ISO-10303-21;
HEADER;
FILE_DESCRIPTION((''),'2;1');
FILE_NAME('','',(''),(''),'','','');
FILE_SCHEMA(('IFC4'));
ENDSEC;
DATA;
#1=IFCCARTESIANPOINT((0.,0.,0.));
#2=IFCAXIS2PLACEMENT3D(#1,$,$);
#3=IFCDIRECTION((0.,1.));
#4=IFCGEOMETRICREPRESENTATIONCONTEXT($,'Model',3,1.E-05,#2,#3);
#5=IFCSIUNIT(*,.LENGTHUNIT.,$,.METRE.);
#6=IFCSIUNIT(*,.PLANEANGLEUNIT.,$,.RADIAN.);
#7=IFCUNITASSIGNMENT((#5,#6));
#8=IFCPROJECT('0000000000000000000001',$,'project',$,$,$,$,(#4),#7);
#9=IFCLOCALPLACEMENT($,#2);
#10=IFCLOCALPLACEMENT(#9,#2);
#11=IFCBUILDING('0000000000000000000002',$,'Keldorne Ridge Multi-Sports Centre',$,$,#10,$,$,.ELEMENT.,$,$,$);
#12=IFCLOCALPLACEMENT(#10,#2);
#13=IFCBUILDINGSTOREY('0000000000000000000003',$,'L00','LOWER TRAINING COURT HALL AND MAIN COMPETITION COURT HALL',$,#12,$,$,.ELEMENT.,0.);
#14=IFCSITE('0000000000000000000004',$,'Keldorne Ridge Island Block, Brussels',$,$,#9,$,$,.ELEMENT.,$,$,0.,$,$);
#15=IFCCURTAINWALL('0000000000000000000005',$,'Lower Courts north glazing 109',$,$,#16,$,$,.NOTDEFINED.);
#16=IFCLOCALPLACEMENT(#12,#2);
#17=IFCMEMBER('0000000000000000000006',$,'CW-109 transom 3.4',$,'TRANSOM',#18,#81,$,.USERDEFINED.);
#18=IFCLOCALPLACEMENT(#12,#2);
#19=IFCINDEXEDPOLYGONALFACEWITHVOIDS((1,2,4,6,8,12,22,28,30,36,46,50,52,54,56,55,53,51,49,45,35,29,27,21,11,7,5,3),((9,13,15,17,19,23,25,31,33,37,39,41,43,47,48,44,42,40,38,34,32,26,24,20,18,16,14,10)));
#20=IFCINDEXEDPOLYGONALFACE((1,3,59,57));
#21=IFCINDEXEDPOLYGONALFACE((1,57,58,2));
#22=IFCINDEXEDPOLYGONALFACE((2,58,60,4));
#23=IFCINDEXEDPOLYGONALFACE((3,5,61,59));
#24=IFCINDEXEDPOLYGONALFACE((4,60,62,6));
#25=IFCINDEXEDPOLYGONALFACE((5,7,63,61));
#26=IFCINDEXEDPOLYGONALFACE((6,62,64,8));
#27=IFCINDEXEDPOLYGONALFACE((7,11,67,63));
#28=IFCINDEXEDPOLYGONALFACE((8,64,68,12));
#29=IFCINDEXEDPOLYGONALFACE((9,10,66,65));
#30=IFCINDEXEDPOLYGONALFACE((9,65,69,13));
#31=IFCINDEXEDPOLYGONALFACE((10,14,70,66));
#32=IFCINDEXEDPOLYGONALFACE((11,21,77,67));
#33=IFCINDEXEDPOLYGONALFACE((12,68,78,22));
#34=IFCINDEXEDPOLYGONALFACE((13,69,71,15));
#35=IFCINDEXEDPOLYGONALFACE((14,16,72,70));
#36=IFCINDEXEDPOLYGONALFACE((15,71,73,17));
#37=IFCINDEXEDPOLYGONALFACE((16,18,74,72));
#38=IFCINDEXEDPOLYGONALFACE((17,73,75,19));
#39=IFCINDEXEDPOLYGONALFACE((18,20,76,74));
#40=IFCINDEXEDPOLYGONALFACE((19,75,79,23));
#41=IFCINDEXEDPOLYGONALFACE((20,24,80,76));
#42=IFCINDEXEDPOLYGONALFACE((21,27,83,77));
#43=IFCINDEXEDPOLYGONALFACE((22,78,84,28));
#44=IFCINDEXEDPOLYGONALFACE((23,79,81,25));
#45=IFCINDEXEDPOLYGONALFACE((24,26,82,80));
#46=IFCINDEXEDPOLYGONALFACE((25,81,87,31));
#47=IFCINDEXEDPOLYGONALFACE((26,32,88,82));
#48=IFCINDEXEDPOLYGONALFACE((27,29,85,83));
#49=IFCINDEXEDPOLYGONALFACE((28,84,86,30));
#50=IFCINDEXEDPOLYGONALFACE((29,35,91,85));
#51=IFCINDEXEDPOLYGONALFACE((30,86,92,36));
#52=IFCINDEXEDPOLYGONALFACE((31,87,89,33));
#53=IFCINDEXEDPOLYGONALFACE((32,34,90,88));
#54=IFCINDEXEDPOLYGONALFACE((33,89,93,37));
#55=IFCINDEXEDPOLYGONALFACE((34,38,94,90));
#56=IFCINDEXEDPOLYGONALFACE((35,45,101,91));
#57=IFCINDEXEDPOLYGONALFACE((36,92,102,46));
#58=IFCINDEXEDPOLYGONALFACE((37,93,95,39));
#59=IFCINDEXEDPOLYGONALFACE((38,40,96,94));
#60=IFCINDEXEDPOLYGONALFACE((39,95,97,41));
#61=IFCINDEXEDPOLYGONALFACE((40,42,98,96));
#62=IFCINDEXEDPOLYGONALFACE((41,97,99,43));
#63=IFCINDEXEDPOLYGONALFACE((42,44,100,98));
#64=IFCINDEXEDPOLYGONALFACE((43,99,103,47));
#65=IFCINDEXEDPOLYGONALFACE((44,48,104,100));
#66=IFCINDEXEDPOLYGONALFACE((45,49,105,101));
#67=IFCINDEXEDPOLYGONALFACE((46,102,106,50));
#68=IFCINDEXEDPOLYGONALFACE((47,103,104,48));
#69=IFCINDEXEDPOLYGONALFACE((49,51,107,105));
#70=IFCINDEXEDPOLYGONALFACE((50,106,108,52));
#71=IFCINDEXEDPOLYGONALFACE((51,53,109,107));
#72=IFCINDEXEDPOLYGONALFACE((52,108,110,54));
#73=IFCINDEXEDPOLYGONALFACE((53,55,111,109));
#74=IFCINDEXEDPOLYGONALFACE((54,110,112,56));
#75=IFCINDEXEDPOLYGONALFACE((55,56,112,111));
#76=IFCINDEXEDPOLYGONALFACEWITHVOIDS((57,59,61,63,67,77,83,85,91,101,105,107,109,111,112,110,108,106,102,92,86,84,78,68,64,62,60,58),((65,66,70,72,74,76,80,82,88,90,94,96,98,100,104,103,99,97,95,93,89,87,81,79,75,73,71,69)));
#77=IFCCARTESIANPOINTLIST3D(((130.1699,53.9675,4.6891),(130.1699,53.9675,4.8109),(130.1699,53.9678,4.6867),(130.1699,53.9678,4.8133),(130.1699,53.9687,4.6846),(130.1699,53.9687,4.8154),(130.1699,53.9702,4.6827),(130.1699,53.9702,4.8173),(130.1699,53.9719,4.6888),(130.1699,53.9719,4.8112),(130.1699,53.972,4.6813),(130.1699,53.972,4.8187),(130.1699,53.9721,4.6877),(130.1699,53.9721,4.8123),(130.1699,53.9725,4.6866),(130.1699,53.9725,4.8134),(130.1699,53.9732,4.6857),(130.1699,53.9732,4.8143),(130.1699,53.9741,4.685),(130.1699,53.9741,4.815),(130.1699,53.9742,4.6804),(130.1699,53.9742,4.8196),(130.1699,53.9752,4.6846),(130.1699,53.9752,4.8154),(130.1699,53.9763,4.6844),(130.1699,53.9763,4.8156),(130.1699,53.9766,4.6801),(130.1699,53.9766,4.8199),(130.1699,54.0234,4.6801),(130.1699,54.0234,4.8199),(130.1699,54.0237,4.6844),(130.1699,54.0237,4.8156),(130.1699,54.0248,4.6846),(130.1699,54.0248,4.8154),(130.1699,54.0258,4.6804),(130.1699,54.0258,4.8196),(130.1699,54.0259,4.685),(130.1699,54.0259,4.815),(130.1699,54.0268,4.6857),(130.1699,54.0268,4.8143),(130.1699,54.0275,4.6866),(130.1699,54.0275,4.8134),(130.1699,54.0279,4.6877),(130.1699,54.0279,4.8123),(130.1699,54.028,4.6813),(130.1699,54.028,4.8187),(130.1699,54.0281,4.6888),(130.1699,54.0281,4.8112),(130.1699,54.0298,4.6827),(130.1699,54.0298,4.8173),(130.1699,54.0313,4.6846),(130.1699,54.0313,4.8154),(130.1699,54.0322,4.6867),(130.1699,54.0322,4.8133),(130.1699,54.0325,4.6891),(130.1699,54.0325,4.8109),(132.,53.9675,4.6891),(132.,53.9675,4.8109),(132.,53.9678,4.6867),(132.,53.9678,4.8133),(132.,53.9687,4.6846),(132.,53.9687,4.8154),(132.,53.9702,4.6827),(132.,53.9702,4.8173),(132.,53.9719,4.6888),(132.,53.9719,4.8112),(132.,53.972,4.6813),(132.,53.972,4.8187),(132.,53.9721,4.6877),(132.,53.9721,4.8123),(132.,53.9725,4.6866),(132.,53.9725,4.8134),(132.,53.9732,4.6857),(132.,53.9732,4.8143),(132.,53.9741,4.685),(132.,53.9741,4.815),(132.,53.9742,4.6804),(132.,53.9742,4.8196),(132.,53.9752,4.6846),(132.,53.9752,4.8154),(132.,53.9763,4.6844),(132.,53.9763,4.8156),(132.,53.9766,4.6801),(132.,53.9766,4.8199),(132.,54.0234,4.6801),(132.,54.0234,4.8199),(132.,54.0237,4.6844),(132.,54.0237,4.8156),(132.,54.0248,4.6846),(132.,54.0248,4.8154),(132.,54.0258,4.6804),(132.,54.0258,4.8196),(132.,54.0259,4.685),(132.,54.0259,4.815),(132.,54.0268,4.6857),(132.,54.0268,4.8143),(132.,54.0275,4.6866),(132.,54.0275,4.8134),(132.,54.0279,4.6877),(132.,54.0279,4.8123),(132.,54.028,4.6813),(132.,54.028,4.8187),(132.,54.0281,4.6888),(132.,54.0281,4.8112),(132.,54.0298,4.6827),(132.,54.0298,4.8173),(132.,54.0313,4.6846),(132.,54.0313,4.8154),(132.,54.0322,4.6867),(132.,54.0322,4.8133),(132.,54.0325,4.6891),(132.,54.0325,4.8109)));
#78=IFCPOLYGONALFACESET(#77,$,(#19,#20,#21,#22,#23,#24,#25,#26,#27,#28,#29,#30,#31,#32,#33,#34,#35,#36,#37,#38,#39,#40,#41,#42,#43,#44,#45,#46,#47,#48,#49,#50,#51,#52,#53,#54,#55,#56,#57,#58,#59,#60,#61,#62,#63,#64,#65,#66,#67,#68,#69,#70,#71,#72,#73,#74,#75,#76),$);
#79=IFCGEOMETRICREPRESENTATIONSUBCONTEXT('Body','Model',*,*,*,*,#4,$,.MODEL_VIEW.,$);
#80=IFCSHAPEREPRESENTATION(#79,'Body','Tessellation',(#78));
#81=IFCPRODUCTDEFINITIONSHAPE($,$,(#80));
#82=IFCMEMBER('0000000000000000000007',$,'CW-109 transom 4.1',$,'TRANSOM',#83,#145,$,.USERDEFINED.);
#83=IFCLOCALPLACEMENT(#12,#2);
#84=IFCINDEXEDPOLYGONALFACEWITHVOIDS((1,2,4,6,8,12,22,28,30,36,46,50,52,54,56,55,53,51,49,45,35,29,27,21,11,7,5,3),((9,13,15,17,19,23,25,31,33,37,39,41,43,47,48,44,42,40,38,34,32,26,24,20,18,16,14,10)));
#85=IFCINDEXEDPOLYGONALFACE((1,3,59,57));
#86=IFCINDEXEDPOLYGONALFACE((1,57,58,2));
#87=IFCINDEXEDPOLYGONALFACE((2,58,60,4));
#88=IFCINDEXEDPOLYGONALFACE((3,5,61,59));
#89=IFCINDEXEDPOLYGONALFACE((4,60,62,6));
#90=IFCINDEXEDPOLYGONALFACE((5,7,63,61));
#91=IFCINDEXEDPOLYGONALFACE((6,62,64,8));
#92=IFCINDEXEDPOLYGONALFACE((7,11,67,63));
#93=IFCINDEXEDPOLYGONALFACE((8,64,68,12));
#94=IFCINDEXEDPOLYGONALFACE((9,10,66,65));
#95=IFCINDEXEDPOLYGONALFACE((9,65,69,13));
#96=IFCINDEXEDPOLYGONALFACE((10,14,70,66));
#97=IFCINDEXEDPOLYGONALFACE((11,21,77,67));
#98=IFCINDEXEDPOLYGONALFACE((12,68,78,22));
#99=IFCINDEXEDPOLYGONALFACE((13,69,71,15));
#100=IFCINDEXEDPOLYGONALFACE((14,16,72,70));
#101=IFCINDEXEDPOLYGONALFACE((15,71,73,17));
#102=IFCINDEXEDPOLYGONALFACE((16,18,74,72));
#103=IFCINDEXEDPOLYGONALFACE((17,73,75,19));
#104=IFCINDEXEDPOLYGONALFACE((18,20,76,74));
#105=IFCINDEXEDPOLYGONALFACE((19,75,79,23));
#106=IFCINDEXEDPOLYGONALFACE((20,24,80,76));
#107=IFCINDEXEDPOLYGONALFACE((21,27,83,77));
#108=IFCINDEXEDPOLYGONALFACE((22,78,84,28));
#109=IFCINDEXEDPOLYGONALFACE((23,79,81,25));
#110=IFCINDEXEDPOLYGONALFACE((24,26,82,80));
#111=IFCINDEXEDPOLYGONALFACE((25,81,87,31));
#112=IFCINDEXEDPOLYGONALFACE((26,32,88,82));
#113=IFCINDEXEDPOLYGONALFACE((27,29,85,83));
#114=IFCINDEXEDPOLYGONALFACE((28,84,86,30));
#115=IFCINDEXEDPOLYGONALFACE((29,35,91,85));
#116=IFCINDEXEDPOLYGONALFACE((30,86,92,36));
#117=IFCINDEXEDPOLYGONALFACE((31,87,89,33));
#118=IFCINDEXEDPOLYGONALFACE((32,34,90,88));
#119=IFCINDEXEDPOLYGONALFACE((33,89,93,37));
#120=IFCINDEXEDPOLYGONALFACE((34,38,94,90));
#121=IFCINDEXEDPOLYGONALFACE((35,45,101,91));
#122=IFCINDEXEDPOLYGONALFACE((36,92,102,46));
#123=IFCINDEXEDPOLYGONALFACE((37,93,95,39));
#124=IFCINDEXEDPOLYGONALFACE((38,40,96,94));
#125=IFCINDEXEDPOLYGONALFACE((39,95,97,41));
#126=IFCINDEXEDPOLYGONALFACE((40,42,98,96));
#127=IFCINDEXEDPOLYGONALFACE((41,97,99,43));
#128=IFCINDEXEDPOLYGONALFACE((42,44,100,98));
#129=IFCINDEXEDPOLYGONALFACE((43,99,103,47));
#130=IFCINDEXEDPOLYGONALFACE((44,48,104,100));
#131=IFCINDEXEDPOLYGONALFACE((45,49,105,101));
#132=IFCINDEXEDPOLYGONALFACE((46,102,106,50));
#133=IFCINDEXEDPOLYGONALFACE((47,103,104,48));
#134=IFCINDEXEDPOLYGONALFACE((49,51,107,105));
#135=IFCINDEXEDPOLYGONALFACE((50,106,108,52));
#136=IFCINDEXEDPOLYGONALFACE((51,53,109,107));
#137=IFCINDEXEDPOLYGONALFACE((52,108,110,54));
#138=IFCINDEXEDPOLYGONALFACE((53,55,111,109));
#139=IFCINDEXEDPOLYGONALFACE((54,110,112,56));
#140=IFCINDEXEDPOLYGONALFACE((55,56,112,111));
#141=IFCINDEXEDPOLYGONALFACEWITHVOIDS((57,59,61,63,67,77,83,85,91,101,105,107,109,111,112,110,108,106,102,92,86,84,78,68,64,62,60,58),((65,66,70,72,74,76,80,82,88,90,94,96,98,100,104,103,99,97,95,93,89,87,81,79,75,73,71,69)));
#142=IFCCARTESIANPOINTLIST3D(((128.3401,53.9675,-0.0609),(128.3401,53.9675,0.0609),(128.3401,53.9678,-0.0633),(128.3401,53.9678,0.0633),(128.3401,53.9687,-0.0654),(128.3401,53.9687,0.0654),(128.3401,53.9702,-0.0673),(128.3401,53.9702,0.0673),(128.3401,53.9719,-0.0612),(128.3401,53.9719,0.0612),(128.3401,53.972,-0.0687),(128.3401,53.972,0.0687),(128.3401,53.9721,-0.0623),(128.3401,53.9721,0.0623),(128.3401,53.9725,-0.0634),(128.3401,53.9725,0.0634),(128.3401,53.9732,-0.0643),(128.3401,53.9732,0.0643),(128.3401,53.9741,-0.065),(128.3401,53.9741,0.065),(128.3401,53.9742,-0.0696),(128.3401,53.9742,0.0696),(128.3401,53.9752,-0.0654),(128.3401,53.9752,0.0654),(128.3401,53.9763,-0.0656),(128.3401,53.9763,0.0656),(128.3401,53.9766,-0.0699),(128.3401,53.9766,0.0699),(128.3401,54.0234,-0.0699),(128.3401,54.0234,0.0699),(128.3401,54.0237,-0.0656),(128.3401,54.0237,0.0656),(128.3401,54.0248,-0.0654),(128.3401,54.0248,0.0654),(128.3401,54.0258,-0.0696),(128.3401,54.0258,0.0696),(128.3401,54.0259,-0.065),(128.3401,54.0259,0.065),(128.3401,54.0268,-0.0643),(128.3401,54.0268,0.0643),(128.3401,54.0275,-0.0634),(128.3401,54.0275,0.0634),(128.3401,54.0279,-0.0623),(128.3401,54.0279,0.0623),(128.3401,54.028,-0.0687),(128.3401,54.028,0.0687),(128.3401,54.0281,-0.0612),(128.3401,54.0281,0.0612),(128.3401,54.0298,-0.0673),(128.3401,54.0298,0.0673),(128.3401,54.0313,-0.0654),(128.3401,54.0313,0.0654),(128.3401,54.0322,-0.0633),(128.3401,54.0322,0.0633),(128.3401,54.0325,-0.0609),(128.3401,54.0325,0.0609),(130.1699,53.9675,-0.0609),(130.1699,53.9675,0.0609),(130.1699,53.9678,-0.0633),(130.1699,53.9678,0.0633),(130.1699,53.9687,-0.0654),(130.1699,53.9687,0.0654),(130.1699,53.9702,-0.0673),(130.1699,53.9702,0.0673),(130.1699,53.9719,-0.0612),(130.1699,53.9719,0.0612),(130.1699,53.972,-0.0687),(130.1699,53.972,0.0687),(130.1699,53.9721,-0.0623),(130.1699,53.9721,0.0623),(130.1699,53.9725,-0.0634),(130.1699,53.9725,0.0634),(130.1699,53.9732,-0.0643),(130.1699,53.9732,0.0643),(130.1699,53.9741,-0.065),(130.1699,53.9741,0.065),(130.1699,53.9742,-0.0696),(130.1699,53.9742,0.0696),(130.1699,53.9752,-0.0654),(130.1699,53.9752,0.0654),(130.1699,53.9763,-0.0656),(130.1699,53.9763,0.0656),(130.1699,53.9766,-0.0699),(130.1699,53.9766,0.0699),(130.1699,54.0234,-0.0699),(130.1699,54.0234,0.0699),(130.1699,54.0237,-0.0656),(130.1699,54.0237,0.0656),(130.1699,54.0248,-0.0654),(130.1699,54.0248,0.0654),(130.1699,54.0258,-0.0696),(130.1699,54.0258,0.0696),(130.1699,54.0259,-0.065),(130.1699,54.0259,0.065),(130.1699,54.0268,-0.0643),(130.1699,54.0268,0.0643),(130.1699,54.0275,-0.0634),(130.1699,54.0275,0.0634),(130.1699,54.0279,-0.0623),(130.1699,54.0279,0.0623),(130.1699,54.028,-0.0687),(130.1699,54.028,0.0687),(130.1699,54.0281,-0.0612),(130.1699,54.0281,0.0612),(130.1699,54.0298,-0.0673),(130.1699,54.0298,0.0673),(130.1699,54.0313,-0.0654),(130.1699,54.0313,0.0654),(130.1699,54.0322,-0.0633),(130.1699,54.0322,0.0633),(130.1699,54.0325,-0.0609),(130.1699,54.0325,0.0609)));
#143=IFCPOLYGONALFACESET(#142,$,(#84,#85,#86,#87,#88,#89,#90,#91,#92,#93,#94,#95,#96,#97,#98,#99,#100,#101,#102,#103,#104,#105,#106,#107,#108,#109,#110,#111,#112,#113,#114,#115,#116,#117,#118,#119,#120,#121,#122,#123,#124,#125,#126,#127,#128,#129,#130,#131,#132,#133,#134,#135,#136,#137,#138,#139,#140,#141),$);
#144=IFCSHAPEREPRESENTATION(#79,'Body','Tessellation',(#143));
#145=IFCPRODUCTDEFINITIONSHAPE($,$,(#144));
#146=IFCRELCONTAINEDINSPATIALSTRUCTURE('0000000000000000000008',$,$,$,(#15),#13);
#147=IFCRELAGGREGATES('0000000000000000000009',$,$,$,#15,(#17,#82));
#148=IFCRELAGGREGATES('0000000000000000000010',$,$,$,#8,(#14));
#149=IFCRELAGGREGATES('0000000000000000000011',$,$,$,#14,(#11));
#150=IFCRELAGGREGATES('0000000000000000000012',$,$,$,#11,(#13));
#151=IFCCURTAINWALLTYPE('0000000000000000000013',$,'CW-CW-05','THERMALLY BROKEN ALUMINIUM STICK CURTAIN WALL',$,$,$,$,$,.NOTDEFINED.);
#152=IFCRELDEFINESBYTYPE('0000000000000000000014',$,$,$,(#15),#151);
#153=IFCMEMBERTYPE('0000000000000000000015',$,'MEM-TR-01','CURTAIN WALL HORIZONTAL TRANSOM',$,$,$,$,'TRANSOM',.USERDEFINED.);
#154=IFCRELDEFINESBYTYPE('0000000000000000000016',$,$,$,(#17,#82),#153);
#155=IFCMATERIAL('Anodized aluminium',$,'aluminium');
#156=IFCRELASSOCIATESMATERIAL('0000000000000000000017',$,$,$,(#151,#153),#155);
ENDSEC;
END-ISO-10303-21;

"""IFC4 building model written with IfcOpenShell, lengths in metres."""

from ifc_helpers import new_model, si_unit, direction, frame, origin, origin_2d, place, context, subcontext, project, spatial, hollow_rectangle, extrude, material, material_profile, profile_set, type_object, element, aggregate, save


model = new_model("IFC4")

# Units and contexts
model_context = context("Model", 3, precision=1e-05, world=origin(), true_north=direction((0.0, 1.0)))
body_context = subcontext(model_context, "Body", "Model", "MODEL_VIEW")
ifc_project = project(units=[si_unit("LENGTHUNIT", "METRE"), si_unit("PLANEANGLEUNIT", "RADIAN")], contexts=[model_context])

# Site, building, storey
site_placement = place(None, origin())
site = spatial("IfcSite", under=ifc_project, at=site_placement, Name="Keldorne Ridge Island Block, Brussels", CompositionType="ELEMENT", RefElevation=0.0)
building_placement = place(site_placement, origin())
building = spatial("IfcBuilding", under=site, at=building_placement, Name="Keldorne Ridge Multi-Sports Centre", CompositionType="ELEMENT")
storey_placement = place(building_placement, origin())
storey = spatial("IfcBuildingStorey", under=building, at=storey_placement, Name="L00", Description="LOWER TRAINING COURT HALL AND MAIN COMPETITION COURT HALL", CompositionType="ELEMENT", Elevation=0.0)

# Curtain wall, members
ifc_material_1 = material(Name="Anodized aluminium", Category="aluminium")
curtain_wall_type = type_object("IfcCurtainWallType", Name="CW-CW-05", Description="THERMALLY BROKEN ALUMINIUM STICK CURTAIN WALL", PredefinedType="NOTDEFINED", material=ifc_material_1)
curtain_wall_placement = place(storey_placement, origin())
curtain_wall = element("IfcCurtainWall", 1, at=curtain_wall_placement, inside=storey, type_object=curtain_wall_type, Name="Lower Courts north glazing 109", PredefinedType="NOTDEFINED")
ifc_material_profile_1 = material_profile(ifc_material_1, hollow_rectangle(XDim=0.0649, YDim=0.1399, WallThickness=0.0044, InnerFilletRadius=0.0044, OuterFilletRadius=0.009, at=origin_2d()), Name="ALU TRANSOM 140x65x4.5")
ifc_profile_set_1 = profile_set([ifc_material_profile_1], Name="Anodized aluminium")
member_type_1 = type_object("IfcMemberType", Name="MEM-TR-01", Description="CURTAIN WALL HORIZONTAL TRANSOM", ElementType="TRANSOM", PredefinedType="USERDEFINED", material=ifc_profile_set_1)
member_1_placement = place(storey_placement, frame((132.0, 54.0, 4.75), z_axis=(-1.0, 0.0, 0.0), x_axis=(0.0, -1.0, 0.0)))
member_1 = element("IfcMember", 2, at=member_1_placement, type_object=member_type_1, Name="CW-109 transom 3.4", ObjectType="TRANSOM", PredefinedType="USERDEFINED", context=body_context, shape_type="SweptSolid", body=[
    extrude(hollow_rectangle(XDim=0.0649, YDim=0.1399, WallThickness=0.0044, InnerFilletRadius=0.0044, OuterFilletRadius=0.009, at=origin_2d()), origin(), (0.0, 0.0, 1.0), 1.8301),
])
member_2_placement = place(storey_placement, frame((130.1699, 54.0, 0.0), z_axis=(-1.0, 0.0, 0.0), x_axis=(0.0, -1.0, 0.0)))
member_2 = element("IfcMember", 3, at=member_2_placement, type_object=member_type_1, Name="CW-109 transom 4.1", ObjectType="TRANSOM", PredefinedType="USERDEFINED", context=body_context, shape_type="SweptSolid", body=[
    extrude(hollow_rectangle(XDim=0.0649, YDim=0.1399, WallThickness=0.0044, InnerFilletRadius=0.0044, OuterFilletRadius=0.009, at=origin_2d()), origin(), (0.0, 0.0, 1.0), 1.8298),
])
aggregate(curtain_wall, [member_1, member_2])

save(model, "model.ifc")
